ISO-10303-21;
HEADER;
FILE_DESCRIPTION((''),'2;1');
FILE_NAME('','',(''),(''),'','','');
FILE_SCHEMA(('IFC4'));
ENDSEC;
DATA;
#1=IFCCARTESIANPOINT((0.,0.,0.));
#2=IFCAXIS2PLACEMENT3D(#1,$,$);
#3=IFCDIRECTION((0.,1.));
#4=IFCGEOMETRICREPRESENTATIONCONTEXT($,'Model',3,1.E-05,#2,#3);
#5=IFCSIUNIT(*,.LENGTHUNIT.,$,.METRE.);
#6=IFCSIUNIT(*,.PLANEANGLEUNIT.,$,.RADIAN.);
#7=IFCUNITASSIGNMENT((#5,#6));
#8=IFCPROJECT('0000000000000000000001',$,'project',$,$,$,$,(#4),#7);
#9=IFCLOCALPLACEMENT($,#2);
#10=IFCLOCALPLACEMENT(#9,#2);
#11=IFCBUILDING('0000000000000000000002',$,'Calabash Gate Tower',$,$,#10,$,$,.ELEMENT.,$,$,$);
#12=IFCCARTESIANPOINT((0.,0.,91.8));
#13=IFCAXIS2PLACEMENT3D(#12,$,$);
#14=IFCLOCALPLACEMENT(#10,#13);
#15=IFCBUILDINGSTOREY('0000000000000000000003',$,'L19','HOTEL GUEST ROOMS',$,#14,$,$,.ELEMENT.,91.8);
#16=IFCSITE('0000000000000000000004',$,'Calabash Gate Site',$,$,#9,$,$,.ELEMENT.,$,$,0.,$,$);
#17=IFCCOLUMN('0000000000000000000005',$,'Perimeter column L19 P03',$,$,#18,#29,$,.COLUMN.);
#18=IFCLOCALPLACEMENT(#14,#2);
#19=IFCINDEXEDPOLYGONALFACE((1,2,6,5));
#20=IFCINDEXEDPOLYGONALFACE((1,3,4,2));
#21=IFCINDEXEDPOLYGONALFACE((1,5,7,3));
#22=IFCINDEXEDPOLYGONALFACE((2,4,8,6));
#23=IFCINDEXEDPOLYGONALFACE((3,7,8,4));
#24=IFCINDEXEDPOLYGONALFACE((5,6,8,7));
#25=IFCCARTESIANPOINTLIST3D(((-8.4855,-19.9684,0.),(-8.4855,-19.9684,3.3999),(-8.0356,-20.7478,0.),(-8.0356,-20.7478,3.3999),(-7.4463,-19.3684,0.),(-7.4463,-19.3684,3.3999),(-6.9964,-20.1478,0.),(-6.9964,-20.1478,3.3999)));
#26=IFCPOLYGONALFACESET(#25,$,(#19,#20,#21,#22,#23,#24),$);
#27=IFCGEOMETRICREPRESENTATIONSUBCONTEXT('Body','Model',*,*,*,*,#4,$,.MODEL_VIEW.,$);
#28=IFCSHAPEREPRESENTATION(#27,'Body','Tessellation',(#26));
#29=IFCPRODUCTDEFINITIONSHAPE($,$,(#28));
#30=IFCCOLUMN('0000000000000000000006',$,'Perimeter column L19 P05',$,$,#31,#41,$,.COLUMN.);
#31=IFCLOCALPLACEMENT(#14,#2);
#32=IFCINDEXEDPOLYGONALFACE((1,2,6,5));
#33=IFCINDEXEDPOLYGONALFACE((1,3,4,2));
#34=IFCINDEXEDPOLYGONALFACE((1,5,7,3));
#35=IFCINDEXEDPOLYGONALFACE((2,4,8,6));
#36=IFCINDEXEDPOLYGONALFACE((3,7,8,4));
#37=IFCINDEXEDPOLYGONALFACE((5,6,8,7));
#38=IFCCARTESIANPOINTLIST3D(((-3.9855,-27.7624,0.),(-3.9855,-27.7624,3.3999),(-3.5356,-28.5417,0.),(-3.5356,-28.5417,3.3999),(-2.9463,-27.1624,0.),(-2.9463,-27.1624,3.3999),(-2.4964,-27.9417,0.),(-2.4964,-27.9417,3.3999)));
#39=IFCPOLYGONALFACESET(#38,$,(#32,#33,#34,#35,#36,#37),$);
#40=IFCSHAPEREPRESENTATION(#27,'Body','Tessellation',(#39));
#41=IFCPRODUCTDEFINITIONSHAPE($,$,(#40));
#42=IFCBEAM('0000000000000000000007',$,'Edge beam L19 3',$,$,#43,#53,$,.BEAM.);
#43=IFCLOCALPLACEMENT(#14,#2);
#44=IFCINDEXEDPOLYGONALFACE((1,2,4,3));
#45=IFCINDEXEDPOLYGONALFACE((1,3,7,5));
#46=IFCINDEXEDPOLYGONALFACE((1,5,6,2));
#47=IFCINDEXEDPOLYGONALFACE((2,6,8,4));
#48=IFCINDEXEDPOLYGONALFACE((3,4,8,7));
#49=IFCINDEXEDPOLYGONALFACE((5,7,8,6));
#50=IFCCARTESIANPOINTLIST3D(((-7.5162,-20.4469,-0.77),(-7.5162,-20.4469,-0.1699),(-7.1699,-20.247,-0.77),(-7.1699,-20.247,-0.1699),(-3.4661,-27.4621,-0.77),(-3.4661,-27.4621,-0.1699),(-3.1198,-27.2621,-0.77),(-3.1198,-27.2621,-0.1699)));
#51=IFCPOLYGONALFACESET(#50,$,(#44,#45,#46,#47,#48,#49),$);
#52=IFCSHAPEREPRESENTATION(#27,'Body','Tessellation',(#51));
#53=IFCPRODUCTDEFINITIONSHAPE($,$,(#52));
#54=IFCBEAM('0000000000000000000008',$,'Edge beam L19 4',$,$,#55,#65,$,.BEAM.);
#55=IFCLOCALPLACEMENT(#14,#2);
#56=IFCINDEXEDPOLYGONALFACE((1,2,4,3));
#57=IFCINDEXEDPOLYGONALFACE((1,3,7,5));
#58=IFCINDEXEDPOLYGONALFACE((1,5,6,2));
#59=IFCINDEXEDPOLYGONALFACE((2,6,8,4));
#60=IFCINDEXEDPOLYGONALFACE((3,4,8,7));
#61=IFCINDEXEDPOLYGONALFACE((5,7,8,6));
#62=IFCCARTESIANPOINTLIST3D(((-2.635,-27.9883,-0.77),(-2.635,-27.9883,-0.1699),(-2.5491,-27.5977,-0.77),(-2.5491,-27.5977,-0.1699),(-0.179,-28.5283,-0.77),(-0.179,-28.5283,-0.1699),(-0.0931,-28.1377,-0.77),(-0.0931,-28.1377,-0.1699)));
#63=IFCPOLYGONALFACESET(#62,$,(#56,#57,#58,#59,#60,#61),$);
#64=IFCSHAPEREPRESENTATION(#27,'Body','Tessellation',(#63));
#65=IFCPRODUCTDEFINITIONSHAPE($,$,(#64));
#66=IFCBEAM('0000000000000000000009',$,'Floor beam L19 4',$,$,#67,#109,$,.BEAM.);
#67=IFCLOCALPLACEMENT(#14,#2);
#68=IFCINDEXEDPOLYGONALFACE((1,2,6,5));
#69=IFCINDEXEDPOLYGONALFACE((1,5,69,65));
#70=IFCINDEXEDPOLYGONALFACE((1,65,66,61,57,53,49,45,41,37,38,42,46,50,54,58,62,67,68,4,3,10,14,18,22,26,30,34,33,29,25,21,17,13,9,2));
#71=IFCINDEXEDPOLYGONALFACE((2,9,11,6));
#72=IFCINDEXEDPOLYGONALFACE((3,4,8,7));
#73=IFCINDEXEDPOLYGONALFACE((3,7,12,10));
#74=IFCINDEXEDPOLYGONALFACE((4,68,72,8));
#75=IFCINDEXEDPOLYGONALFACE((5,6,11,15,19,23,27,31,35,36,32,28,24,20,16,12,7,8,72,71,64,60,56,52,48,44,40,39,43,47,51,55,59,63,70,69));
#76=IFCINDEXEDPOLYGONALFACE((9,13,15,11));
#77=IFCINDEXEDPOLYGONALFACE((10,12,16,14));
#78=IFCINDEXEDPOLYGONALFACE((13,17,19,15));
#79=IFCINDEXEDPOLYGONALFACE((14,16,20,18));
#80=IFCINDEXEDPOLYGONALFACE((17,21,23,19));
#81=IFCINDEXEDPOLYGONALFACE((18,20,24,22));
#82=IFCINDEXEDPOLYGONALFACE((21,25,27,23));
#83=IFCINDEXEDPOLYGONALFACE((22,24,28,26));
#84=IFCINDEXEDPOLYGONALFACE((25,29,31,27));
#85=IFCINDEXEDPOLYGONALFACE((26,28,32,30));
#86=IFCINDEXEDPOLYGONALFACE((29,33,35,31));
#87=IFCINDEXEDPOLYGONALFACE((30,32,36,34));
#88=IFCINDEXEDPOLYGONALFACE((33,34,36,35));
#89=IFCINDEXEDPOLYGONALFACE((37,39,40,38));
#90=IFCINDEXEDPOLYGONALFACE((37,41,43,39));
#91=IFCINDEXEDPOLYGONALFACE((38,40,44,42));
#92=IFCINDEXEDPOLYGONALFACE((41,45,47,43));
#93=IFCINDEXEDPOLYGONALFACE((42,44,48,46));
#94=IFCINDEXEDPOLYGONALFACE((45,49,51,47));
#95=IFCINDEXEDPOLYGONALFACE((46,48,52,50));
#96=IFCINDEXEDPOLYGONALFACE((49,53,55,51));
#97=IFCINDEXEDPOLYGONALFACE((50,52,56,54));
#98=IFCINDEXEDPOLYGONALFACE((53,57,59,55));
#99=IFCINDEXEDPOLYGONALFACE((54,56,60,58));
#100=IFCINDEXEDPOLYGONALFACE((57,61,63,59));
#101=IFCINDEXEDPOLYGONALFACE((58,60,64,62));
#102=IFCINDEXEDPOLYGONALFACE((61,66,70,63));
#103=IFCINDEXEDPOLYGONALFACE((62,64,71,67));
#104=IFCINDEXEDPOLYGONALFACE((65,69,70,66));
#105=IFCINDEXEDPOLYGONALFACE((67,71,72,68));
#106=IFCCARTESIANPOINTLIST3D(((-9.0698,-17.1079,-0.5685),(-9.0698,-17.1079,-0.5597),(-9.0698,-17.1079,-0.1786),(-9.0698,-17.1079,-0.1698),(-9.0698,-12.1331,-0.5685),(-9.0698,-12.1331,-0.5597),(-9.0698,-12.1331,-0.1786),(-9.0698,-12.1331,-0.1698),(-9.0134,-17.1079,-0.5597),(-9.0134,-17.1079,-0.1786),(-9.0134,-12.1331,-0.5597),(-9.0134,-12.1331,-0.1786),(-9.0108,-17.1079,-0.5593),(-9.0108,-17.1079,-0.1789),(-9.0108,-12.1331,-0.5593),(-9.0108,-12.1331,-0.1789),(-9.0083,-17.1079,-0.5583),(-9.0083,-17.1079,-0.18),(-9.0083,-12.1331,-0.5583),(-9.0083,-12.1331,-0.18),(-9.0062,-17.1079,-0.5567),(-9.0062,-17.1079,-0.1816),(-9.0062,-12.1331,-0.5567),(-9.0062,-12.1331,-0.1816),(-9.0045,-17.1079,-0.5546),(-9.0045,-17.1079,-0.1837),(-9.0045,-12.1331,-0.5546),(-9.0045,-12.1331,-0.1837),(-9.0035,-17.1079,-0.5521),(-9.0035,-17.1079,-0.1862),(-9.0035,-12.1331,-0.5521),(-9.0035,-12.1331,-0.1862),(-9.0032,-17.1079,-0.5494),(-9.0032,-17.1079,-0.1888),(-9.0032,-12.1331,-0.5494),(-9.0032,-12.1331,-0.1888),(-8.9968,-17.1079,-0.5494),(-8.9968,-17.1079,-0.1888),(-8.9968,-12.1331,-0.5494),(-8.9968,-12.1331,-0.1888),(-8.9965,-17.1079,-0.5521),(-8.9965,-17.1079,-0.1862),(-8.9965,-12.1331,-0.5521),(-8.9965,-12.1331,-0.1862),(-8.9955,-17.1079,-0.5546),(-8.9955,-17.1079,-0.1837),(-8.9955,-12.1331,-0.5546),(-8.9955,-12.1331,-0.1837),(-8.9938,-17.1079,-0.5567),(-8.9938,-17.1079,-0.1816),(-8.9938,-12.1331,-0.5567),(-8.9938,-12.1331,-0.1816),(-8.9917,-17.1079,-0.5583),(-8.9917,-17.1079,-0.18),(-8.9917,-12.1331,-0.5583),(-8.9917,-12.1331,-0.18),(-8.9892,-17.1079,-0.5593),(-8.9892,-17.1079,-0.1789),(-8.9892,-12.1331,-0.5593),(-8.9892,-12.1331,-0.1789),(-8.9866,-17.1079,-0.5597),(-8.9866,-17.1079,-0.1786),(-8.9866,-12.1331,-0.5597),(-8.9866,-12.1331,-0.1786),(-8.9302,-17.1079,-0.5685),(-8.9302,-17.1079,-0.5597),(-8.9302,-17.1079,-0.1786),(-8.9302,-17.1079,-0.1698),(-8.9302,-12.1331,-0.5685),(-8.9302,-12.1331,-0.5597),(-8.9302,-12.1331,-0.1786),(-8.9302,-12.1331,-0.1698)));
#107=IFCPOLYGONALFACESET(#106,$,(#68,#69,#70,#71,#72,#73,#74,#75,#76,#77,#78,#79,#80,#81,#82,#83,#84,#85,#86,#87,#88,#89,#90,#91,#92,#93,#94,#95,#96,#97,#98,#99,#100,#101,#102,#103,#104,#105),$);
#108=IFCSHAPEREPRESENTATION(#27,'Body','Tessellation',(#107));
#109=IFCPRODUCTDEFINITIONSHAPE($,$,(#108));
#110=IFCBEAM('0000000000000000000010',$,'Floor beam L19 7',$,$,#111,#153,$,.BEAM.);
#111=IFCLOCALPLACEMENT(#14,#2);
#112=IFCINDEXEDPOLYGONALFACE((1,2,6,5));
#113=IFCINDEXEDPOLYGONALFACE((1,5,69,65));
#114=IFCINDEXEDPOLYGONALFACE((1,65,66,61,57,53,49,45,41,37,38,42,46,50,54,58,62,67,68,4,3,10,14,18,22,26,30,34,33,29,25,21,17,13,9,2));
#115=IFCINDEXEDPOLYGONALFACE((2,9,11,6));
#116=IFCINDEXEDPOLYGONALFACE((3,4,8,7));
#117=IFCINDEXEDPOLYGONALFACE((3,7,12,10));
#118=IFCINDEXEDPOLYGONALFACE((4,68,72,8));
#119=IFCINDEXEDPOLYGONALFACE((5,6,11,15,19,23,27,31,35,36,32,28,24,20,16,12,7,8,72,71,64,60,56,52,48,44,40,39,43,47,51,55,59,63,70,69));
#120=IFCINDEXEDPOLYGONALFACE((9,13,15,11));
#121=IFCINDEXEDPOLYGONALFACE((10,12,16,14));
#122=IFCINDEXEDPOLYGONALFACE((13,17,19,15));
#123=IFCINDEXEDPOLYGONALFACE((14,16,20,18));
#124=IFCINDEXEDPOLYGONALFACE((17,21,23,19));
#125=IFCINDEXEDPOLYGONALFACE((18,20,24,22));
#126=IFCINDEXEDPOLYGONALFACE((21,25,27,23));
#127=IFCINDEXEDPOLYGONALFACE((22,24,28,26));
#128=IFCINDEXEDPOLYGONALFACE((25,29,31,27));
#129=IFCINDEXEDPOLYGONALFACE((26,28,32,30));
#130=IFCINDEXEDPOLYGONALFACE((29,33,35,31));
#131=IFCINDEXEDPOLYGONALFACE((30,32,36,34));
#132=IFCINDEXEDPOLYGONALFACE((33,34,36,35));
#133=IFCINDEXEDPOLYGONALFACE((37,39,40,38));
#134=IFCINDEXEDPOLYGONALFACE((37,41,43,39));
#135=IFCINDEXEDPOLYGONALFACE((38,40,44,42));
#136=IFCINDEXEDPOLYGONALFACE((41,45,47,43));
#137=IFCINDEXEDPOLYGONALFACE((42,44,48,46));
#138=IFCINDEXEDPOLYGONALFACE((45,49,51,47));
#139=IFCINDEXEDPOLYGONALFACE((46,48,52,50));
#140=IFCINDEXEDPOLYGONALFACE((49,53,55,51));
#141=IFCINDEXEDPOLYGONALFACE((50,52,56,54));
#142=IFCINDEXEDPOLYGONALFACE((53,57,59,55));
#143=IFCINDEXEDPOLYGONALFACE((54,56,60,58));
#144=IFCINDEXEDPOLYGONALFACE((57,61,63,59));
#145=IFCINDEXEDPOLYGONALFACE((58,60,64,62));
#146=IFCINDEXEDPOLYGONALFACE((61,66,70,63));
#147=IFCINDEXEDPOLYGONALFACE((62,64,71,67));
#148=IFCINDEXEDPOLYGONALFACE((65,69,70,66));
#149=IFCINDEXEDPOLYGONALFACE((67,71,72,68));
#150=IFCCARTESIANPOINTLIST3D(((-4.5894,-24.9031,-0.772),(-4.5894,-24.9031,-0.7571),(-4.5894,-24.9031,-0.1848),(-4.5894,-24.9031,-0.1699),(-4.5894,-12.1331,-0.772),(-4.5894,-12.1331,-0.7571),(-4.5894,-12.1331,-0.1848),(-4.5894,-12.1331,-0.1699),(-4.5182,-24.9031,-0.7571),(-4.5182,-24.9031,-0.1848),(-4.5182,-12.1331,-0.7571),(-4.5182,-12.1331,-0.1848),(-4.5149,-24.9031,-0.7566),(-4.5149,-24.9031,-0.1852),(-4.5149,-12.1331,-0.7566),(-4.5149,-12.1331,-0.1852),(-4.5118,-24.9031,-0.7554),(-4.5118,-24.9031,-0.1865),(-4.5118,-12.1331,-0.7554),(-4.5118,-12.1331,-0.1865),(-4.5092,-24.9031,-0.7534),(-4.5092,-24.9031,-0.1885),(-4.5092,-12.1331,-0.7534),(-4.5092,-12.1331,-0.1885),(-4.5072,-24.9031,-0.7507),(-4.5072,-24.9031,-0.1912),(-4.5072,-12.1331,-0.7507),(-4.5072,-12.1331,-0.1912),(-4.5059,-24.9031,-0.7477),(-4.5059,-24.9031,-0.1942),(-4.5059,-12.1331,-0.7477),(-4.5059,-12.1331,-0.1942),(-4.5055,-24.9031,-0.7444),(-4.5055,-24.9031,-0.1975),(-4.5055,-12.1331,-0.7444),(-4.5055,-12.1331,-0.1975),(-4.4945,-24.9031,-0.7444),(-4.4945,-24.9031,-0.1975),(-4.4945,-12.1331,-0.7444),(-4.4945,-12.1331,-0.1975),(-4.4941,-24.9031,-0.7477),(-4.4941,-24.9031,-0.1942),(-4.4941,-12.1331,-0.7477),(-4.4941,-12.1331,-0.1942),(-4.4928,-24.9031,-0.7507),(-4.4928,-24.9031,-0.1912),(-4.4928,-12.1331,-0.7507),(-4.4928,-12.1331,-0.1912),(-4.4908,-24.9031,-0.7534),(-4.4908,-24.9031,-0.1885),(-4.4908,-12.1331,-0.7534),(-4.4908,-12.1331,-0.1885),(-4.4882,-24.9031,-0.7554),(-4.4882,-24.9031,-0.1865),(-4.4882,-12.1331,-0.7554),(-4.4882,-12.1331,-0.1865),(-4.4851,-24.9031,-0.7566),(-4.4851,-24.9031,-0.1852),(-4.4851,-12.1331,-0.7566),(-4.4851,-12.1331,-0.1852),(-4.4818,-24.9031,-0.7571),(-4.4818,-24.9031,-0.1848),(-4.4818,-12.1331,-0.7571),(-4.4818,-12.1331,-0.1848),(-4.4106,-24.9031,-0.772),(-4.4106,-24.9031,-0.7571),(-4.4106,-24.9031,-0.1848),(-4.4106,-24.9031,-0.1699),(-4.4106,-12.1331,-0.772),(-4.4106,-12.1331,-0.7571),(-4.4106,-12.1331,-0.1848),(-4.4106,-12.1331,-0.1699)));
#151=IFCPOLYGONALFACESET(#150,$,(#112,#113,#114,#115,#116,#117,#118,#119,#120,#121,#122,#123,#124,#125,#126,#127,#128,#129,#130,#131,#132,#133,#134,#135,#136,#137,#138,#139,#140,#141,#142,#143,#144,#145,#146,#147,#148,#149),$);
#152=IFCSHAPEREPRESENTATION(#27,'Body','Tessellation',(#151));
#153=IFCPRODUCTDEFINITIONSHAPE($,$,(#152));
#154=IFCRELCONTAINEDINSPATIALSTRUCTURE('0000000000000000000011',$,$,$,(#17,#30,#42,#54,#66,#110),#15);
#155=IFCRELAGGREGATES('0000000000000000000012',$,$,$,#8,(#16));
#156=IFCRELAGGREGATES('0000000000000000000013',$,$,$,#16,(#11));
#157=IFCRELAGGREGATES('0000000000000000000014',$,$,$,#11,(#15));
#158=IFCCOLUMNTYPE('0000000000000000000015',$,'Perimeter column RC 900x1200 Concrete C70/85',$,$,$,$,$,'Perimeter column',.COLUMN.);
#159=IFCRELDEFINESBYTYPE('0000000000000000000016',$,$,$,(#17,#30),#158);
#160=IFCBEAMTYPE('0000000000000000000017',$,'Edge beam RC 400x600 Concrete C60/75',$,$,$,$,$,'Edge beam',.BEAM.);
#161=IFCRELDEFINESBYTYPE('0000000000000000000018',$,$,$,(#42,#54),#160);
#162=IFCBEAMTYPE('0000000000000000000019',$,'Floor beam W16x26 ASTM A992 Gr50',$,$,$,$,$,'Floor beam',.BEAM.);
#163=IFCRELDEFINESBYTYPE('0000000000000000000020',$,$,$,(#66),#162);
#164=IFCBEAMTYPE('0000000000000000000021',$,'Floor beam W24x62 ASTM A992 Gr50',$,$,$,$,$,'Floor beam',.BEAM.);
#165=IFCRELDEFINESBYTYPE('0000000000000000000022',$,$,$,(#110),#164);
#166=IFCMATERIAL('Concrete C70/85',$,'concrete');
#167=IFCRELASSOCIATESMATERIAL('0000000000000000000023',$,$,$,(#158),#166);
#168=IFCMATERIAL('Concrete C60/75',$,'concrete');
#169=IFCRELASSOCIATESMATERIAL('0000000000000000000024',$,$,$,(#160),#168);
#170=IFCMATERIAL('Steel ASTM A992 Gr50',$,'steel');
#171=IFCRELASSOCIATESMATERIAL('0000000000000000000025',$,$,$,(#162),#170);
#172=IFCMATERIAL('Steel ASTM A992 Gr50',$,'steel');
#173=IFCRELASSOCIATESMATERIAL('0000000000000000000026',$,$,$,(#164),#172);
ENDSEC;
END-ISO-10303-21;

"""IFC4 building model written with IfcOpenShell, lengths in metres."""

from ifc_helpers import new_model, si_unit, direction, frame, origin, origin_2d, place, context, subcontext, project, spatial, rectangle, i_section, extrude, material, material_profile, profile_set, type_object, element, save


model = new_model("IFC4")

# Units and contexts
model_context = context("Model", 3, precision=1e-05, world=origin(), true_north=direction((0.0, 1.0)))
body_context = subcontext(model_context, "Body", "Model", "MODEL_VIEW")
ifc_project = project(units=[si_unit("LENGTHUNIT", "METRE"), si_unit("PLANEANGLEUNIT", "RADIAN")], contexts=[model_context])

# Site, building, storey
site_placement = place(None, origin())
site = spatial("IfcSite", under=ifc_project, at=site_placement, Name="Calabash Gate Site", CompositionType="ELEMENT", RefElevation=0.0)
building_placement = place(site_placement, origin())
building = spatial("IfcBuilding", under=site, at=building_placement, Name="Calabash Gate Tower", CompositionType="ELEMENT")
storey_placement = place(building_placement, frame((0.0, 0.0, 91.8)))
storey = spatial("IfcBuildingStorey", under=building, at=storey_placement, Name="L19", Description="HOTEL GUEST ROOMS", CompositionType="ELEMENT", Elevation=91.8)

# Columns
ifc_material_1 = material(Name="Concrete C70/85", Category="concrete")
ifc_material_profile_1 = material_profile(ifc_material_1, rectangle(XDim=0.8999, YDim=1.2, at=origin_2d()))
ifc_profile_set_1 = profile_set([ifc_material_profile_1], Name="Concrete C70/85")
column_type = type_object("IfcColumnType", Name="Perimeter column RC 900x1200 Concrete C70/85", ElementType="Perimeter column", PredefinedType="COLUMN", material=ifc_profile_set_1)
for number, where, z_axis, x_axis, name in (
    (1, (-7.741, -20.0581, 0.0), (0.0, 0.0, 1.0), (0.5, -0.866025, 0.0), "Perimeter column L19 P03"),
    (2, (-3.241, -27.8521, 0.0), (0.0, 0.0, 1.0), (0.5, -0.866025, 0.0), "Perimeter column L19 P05"),
):
    element("IfcColumn", number, at=place(storey_placement, frame(where, z_axis=z_axis, x_axis=x_axis)), inside=storey, type_object=column_type, Name=name, PredefinedType="COLUMN", context=body_context, shape_type="SweptSolid", body=[
        extrude(rectangle(XDim=0.8999, YDim=1.2, at=origin_2d()), origin(), (0.0, 0.0, 1.0), 3.3999),
    ])

# Beams
ifc_material_2 = material(Name="Concrete C60/75", Category="concrete")
ifc_material_profile_2 = material_profile(ifc_material_2, rectangle(XDim=0.3999, YDim=0.6001, at=origin_2d()))
ifc_profile_set_2 = profile_set([ifc_material_profile_2], Name="Concrete C60/75")
beam_type_1 = type_object("IfcBeamType", Name="Edge beam RC 400x600 Concrete C60/75", ElementType="Edge beam", PredefinedType="BEAM", material=ifc_profile_set_2)
beam_1_placement = place(storey_placement, frame((-7.343, -20.3469, -0.47), z_axis=(0.499987, -0.866033, 0.0), x_axis=(0.866033, 0.499987, 0.0)))
element("IfcBeam", 3, at=beam_1_placement, inside=storey, type_object=beam_type_1, Name="Edge beam L19 3", PredefinedType="BEAM", context=body_context, shape_type="SweptSolid", body=[
    extrude(rectangle(XDim=0.3999, YDim=0.6001, at=origin_2d()), origin(), (0.0, 0.0, 1.0), 8.1003),
])
beam_2_placement = place(storey_placement, frame((-2.592, -27.793, -0.47), z_axis=(0.976669, -0.214751, 0.0), x_axis=(0.214751, 0.976669, 0.0)))
element("IfcBeam", 4, at=beam_2_placement, inside=storey, type_object=beam_type_1, Name="Edge beam L19 4", PredefinedType="BEAM", context=body_context, shape_type="SweptSolid", body=[
    extrude(rectangle(XDim=0.3999, YDim=0.6001, at=origin_2d()), origin(), (0.0, 0.0, 1.0), 2.5146),
])
ifc_material_3 = material(Name="Steel ASTM A992 Gr50", Category="steel")
ifc_material_profile_3 = material_profile(ifc_material_3, i_section(OverallWidth=0.1396, OverallDepth=0.3987, WebThickness=0.0063, FlangeThickness=0.0088, FilletRadius=0.0103, at=origin_2d()))
ifc_profile_set_3 = profile_set([ifc_material_profile_3], Name="Steel ASTM A992 Gr50")
beam_type_2 = type_object("IfcBeamType", Name="Floor beam W16x26 ASTM A992 Gr50", ElementType="Floor beam", PredefinedType="BEAM", material=ifc_profile_set_3)
beam_3_placement = place(storey_placement, frame((-9.0, -17.1079, -0.3691), z_axis=(0.0, 1.0, 0.0), x_axis=(-1.0, 0.0, 0.0)))
element("IfcBeam", 5, at=beam_3_placement, inside=storey, type_object=beam_type_2, Name="Floor beam L19 4", PredefinedType="BEAM", context=body_context, shape_type="SweptSolid", body=[
    extrude(i_section(OverallWidth=0.1396, OverallDepth=0.3987, WebThickness=0.0063, FlangeThickness=0.0088, FilletRadius=0.0103, at=origin_2d()), origin(), (0.0, 0.0, 1.0), 4.9749),
])
ifc_material_4 = material(Name="Steel ASTM A992 Gr50", Category="steel")
ifc_material_profile_4 = material_profile(ifc_material_4, i_section(OverallWidth=0.1787, OverallDepth=0.6021, WebThickness=0.011, FlangeThickness=0.0149, FilletRadius=0.0127, at=origin_2d()))
ifc_profile_set_4 = profile_set([ifc_material_profile_4], Name="Steel ASTM A992 Gr50")
beam_type_3 = type_object("IfcBeamType", Name="Floor beam W24x62 ASTM A992 Gr50", ElementType="Floor beam", PredefinedType="BEAM", material=ifc_profile_set_4)
beam_4_placement = place(storey_placement, frame((-4.5, -24.9031, -0.4709), z_axis=(0.0, 1.0, 0.0), x_axis=(-1.0, 0.0, 0.0)))
element("IfcBeam", 6, at=beam_4_placement, inside=storey, type_object=beam_type_3, Name="Floor beam L19 7", PredefinedType="BEAM", context=body_context, shape_type="SweptSolid", body=[
    extrude(i_section(OverallWidth=0.1787, OverallDepth=0.6021, WebThickness=0.011, FlangeThickness=0.0149, FilletRadius=0.0127, at=origin_2d()), origin(), (0.0, 0.0, 1.0), 12.77),
])

save(model, "model.ifc")
